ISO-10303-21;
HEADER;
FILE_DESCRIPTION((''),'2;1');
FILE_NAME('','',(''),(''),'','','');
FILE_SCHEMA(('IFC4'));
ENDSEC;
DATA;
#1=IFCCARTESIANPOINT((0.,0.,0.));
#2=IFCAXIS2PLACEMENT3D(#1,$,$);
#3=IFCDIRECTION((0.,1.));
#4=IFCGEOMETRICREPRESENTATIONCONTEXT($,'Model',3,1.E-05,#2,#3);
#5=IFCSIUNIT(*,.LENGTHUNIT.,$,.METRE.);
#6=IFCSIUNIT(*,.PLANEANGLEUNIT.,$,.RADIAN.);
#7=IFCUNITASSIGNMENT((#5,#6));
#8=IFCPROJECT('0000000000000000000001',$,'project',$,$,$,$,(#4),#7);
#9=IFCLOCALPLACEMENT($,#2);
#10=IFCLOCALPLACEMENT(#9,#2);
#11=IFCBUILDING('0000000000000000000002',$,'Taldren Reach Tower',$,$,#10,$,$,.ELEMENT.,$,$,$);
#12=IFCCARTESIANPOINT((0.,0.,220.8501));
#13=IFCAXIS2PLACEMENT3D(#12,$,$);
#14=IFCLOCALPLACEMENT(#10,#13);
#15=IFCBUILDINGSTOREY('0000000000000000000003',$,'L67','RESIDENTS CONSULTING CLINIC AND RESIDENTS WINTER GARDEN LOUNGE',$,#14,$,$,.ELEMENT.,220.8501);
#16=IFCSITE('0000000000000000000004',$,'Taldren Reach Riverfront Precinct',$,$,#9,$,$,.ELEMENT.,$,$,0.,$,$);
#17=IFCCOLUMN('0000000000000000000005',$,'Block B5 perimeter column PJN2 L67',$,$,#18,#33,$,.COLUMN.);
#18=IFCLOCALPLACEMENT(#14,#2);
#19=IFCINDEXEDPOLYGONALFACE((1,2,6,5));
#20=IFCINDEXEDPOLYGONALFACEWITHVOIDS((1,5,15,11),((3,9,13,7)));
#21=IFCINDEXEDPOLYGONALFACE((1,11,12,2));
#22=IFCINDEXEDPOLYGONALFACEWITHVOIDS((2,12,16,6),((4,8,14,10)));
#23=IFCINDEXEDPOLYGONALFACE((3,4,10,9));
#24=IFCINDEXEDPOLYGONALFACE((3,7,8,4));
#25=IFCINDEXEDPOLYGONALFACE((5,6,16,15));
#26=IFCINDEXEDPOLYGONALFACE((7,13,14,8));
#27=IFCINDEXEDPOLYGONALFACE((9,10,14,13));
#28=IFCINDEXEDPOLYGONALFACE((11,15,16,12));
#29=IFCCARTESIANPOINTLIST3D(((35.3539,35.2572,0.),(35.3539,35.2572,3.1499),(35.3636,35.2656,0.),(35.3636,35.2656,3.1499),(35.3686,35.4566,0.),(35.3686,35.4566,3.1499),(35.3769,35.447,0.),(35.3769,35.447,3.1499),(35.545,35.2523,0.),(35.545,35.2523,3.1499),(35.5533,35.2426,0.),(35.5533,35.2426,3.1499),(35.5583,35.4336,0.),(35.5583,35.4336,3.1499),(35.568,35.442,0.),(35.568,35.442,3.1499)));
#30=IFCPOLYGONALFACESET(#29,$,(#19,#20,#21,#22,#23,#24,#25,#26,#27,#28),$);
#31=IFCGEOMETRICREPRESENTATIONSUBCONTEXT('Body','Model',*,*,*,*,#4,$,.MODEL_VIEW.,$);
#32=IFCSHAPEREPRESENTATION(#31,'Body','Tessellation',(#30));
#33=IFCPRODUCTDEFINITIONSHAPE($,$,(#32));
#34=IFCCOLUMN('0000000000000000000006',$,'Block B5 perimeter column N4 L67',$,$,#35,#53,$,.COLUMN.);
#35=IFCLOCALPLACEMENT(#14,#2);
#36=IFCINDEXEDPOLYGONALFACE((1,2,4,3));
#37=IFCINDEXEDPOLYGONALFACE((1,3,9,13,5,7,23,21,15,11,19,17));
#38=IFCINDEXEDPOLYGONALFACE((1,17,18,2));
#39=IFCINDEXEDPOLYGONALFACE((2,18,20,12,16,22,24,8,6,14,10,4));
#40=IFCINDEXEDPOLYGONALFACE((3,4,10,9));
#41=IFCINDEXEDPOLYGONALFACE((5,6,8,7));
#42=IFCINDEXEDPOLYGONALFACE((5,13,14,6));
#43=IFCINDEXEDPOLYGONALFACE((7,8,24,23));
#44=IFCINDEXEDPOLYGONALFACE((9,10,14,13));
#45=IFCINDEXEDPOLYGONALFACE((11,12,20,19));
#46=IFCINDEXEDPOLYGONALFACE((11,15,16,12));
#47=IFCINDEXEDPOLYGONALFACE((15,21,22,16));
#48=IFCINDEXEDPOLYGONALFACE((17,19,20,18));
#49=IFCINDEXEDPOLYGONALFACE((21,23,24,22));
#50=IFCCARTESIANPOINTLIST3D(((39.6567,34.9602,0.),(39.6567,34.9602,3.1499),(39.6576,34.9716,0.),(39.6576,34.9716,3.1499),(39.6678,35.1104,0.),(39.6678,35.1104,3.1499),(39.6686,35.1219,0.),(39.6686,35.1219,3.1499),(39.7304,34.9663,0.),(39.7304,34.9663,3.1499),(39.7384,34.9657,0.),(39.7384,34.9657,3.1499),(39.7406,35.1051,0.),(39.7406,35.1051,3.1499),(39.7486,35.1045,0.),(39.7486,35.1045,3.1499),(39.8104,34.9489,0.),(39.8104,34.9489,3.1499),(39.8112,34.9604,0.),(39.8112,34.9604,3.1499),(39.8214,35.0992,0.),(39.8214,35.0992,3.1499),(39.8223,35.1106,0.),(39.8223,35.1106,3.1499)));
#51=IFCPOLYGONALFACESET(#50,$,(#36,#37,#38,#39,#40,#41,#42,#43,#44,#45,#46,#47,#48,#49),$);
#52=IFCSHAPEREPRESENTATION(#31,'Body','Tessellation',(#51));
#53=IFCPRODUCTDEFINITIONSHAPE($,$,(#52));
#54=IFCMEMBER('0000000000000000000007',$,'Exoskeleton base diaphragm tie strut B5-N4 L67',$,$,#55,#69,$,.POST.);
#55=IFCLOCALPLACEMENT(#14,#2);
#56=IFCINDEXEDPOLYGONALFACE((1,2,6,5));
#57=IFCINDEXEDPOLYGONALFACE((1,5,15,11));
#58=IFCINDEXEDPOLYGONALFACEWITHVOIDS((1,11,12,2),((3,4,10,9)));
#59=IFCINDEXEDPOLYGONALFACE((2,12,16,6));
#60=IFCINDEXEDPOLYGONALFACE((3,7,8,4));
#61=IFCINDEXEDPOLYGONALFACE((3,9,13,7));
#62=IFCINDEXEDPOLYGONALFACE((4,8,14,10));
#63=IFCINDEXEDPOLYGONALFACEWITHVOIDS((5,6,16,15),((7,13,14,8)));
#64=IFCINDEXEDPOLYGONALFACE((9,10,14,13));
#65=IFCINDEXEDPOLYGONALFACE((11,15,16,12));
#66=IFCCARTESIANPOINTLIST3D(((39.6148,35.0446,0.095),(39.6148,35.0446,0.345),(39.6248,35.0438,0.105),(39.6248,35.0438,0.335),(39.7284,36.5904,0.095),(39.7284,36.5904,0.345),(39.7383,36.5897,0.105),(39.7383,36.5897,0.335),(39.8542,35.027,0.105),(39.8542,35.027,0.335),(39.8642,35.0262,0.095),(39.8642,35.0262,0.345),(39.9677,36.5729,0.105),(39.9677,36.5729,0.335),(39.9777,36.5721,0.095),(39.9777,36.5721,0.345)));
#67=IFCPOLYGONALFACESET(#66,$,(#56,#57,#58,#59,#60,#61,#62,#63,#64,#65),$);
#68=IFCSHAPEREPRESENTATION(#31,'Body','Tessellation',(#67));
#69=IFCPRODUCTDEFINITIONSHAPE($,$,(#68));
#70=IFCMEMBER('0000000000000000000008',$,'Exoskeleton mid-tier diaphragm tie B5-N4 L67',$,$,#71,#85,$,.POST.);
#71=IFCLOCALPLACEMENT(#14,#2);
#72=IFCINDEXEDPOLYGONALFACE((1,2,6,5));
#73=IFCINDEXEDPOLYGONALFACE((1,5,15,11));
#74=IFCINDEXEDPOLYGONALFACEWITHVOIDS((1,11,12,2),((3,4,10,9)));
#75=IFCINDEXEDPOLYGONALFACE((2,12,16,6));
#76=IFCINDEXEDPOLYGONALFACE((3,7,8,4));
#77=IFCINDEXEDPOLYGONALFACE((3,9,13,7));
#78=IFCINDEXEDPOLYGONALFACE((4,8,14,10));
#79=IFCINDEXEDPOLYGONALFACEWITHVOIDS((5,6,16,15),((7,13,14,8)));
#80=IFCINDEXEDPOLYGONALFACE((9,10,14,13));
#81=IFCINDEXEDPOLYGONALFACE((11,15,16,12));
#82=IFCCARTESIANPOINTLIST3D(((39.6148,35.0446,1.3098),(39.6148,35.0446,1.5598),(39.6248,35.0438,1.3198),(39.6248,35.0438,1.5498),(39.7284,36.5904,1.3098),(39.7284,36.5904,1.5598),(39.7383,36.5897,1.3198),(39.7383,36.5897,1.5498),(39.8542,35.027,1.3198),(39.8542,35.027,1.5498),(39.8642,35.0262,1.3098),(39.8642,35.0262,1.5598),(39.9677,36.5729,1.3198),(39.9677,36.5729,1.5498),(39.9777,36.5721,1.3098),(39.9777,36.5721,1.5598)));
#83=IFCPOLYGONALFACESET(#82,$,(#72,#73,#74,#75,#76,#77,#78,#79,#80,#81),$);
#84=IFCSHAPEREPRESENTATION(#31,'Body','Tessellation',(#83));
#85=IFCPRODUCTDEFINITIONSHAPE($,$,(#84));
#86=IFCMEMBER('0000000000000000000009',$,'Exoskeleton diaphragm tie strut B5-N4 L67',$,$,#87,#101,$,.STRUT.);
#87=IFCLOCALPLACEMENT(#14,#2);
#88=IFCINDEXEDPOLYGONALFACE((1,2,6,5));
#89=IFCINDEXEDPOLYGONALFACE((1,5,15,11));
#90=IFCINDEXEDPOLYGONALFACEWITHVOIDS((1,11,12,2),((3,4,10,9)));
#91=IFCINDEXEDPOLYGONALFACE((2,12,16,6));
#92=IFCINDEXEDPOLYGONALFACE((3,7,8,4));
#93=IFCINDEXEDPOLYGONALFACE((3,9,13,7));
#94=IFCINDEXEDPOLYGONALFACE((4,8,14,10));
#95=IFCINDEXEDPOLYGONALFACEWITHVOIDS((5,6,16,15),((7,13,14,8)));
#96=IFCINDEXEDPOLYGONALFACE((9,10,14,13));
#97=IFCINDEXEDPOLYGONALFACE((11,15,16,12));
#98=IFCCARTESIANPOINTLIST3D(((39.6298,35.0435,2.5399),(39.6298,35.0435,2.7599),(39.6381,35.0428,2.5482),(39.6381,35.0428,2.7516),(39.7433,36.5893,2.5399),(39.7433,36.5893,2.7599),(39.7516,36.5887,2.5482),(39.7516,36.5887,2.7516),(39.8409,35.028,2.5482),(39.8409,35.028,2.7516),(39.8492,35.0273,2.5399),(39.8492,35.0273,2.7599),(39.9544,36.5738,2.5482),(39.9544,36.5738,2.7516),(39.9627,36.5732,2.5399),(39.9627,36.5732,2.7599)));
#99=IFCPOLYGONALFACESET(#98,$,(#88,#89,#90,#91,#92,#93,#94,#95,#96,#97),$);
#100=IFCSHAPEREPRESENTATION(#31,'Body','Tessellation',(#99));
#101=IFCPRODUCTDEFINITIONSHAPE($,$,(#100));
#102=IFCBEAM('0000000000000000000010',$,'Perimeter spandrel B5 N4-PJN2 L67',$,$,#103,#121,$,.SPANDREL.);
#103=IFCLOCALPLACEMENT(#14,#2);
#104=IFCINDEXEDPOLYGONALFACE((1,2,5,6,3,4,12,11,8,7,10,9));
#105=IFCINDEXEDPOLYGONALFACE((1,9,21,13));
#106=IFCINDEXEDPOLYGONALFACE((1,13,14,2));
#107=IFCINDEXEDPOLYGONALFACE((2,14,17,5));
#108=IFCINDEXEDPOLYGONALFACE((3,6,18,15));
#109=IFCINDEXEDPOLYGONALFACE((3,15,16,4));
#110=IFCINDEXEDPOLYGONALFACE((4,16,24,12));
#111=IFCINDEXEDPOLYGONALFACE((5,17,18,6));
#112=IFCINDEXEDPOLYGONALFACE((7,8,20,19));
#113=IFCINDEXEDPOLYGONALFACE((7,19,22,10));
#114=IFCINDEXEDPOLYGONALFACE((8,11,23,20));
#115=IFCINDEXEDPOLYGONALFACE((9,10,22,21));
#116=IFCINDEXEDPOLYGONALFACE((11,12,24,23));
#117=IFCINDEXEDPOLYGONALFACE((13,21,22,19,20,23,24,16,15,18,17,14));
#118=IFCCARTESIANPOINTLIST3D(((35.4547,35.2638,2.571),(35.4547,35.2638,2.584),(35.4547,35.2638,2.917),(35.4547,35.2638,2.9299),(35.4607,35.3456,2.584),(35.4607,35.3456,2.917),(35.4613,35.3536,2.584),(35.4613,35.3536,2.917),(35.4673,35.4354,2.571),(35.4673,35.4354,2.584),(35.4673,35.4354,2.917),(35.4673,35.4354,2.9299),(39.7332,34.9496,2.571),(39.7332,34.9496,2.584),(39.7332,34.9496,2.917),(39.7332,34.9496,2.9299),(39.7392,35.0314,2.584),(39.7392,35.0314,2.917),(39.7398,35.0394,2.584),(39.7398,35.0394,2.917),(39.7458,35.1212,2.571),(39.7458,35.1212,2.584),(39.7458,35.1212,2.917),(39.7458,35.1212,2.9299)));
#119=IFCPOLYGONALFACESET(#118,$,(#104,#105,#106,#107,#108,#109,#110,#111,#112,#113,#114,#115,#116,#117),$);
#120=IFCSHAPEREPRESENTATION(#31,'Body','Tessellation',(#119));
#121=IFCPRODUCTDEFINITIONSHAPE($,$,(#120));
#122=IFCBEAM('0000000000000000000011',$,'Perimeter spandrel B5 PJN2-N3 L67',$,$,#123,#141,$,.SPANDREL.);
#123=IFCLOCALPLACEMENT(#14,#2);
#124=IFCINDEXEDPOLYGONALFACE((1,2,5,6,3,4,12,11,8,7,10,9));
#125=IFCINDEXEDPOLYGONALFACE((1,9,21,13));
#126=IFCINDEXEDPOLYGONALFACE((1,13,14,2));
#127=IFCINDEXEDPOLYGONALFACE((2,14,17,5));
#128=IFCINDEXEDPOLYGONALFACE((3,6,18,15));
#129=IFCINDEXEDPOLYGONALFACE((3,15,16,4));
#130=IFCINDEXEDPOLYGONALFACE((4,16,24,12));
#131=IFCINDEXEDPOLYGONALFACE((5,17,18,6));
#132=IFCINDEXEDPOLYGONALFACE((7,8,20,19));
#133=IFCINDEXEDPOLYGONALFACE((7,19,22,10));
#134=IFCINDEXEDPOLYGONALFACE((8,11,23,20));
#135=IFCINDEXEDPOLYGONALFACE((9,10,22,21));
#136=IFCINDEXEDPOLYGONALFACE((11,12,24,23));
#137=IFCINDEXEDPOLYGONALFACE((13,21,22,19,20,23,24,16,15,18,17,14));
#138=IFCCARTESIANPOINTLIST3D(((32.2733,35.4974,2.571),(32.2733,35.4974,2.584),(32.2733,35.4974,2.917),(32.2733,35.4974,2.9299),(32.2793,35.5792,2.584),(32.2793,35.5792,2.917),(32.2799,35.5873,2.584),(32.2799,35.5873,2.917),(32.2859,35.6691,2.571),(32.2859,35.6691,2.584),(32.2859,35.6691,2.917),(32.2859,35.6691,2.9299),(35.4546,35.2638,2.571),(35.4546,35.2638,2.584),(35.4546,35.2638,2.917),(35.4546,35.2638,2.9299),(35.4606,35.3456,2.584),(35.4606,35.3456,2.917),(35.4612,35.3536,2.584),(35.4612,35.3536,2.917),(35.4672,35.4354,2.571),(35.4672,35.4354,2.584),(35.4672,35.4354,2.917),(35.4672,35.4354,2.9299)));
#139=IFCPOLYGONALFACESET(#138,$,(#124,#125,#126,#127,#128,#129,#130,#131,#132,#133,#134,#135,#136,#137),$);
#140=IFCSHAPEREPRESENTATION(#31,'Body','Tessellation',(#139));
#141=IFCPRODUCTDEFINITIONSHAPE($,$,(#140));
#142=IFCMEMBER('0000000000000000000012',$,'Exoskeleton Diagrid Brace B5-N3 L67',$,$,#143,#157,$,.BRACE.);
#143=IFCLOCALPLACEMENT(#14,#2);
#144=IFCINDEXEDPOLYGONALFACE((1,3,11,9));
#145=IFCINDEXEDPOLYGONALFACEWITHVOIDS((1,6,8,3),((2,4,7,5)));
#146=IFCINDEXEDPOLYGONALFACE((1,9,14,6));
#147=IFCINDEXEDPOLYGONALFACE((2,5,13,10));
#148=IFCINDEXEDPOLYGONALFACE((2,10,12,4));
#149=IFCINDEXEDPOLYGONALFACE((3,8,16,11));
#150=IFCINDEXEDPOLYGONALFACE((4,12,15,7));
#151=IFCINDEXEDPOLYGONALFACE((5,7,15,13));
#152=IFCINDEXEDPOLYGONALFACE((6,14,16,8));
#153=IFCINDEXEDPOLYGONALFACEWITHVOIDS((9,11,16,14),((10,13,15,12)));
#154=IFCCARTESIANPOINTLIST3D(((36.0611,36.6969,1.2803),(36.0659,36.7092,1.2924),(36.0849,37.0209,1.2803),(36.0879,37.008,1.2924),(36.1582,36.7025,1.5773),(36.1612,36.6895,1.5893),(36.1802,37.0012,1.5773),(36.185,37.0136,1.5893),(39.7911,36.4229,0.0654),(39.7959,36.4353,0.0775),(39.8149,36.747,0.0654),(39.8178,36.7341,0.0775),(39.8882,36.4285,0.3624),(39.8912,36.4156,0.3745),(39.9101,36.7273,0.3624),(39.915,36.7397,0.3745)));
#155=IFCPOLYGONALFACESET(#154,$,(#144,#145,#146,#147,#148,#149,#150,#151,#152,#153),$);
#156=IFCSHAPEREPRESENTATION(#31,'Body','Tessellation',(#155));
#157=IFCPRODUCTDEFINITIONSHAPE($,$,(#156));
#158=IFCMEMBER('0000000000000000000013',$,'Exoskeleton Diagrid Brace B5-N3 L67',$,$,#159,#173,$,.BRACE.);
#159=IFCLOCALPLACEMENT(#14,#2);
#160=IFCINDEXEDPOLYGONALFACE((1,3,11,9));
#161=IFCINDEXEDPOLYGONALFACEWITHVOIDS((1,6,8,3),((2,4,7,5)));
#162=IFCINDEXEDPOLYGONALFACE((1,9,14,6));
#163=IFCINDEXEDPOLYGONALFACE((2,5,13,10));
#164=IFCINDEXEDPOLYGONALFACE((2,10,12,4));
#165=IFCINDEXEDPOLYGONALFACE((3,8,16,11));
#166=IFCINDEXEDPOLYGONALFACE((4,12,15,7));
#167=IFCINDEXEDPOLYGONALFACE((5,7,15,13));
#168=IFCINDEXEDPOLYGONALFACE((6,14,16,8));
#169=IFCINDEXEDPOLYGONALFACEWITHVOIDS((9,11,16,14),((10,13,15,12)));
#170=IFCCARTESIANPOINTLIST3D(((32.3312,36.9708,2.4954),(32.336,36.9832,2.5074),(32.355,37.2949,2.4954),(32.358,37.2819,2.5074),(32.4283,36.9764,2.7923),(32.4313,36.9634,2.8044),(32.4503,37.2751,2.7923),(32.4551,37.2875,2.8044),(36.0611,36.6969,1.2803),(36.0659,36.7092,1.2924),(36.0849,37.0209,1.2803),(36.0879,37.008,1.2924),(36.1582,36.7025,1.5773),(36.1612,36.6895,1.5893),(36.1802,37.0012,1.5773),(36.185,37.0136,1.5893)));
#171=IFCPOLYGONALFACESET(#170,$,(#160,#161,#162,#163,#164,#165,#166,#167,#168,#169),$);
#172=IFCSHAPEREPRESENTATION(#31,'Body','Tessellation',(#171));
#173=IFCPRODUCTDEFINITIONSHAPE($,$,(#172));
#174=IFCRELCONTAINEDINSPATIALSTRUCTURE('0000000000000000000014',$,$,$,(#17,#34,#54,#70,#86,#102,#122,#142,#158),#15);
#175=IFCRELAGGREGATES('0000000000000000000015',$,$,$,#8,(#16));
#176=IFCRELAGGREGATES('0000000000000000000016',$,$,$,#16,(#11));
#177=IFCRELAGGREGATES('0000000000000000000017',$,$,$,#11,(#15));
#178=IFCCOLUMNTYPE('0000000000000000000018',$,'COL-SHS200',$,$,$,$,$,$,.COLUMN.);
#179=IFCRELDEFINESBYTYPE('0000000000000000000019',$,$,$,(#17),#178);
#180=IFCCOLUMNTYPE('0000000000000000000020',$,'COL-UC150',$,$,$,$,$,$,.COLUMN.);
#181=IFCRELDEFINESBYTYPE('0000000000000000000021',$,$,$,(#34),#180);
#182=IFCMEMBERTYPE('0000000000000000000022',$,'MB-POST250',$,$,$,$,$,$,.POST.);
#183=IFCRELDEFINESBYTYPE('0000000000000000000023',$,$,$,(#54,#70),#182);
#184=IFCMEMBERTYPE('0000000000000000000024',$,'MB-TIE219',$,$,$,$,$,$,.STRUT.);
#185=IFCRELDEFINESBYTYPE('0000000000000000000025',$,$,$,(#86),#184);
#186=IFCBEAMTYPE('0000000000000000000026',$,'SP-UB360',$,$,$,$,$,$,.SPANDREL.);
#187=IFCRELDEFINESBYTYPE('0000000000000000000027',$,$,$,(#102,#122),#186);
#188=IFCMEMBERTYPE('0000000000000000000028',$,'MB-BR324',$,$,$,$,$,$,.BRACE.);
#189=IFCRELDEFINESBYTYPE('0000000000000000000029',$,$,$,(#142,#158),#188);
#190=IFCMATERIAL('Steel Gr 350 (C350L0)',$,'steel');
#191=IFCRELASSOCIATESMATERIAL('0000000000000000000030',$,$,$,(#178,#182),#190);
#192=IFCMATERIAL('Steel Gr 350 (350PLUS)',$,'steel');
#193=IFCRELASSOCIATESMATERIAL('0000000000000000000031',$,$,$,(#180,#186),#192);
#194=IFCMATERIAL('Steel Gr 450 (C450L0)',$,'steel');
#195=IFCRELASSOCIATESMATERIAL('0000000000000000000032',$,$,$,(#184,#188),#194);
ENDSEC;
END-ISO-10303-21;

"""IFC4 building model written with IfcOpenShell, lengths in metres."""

from ifc_helpers import new_model, si_unit, direction, frame, origin, origin_2d, place, context, subcontext, project, spatial, hollow_rectangle, i_section, extrude, source, transform, mapped, material, material_profile, profile_set, type_object, element, save


model = new_model("IFC4")

# Units and contexts
model_context = context("Model", 3, precision=1e-05, world=origin(), true_north=direction((0.0, 1.0)))
body_context = subcontext(model_context, "Body", "Model", "MODEL_VIEW")
ifc_project = project(units=[si_unit("LENGTHUNIT", "METRE"), si_unit("PLANEANGLEUNIT", "RADIAN")], contexts=[model_context])

# Site, building, storey
site_placement = place(None, origin())
site = spatial("IfcSite", under=ifc_project, at=site_placement, Name="Taldren Reach Riverfront Precinct", CompositionType="ELEMENT", RefElevation=0.0)
building_placement = place(site_placement, origin())
building = spatial("IfcBuilding", under=site, at=building_placement, Name="Taldren Reach Tower", CompositionType="ELEMENT")
storey_placement = place(building_placement, frame((0.0, 0.0, 220.8501)))
storey = spatial("IfcBuildingStorey", under=building, at=storey_placement, Name="L67", Description="RESIDENTS CONSULTING CLINIC AND RESIDENTS WINTER GARDEN LOUNGE", CompositionType="ELEMENT", Elevation=220.8501)

# Columns
ifc_material_1 = material(Name="Steel Gr 350 (C350L0)", Category="steel")
ifc_material_profile_1 = material_profile(ifc_material_1, hollow_rectangle(XDim=0.2, YDim=0.2, WallThickness=0.009, at=origin_2d()), Name="200x200x9.0SHS")
ifc_profile_set_1 = profile_set([ifc_material_profile_1], Name="Steel Gr 350 (C350L0)")
column_type_1 = type_object("IfcColumnType", Name="COL-SHS200", PredefinedType="COLUMN", material=ifc_profile_set_1)
shared_shape_1 = source(origin(), body_context, "Body", "SweptSolid", [
    extrude(hollow_rectangle(XDim=0.2, YDim=0.2, WallThickness=0.009, at=origin_2d()), origin(), (0.0, 0.0, 1.0), 3.1499),
])
column_1_placement = place(storey_placement, frame((35.4609, 35.3496, 0.0), z_axis=(0.0, 0.0, 1.0), x_axis=(0.997314, -0.073238, 0.0)))
element("IfcColumn", 1, at=column_1_placement, inside=storey, type_object=column_type_1, Name="Block B5 perimeter column PJN2 L67", PredefinedType="COLUMN", context=body_context, shape_type="MappedRepresentation", body=[
    mapped(shared_shape_1, transform((0.0, 0.0, 0.0), scale=1.0)),
])
ifc_material_2 = material(Name="Steel Gr 350 (350PLUS)", Category="steel")
ifc_material_profile_2 = material_profile(ifc_material_2, i_section(OverallWidth=0.1541, OverallDepth=0.1621, WebThickness=0.0081, FlangeThickness=0.0115, at=origin_2d()), Name="150UC37.2")
ifc_profile_set_2 = profile_set([ifc_material_profile_2], Name="Steel Gr 350 (350PLUS)")
column_type_2 = type_object("IfcColumnType", Name="COL-UC150", PredefinedType="COLUMN", material=ifc_profile_set_2)
shared_shape_2 = source(origin(), body_context, "Body", "SweptSolid", [
    extrude(i_section(OverallWidth=0.1541, OverallDepth=0.1621, WebThickness=0.0081, FlangeThickness=0.0115, at=origin_2d()), origin(), (0.0, 0.0, 1.0), 3.1499),
])
column_2_placement = place(storey_placement, frame((39.7395, 35.0354, 0.0), z_axis=(0.0, 0.0, 1.0), x_axis=(0.997314, -0.073238, 0.0)))
element("IfcColumn", 2, at=column_2_placement, inside=storey, type_object=column_type_2, Name="Block B5 perimeter column N4 L67", PredefinedType="COLUMN", context=body_context, shape_type="MappedRepresentation", body=[
    mapped(shared_shape_2, transform((0.0, 0.0, 0.0), scale=1.0)),
])

# Members
ifc_material_profile_3 = material_profile(ifc_material_1, hollow_rectangle(XDim=0.25, YDim=0.25, WallThickness=0.01, at=origin_2d()), Name="250x250x10.0SHS")
ifc_profile_set_3 = profile_set([ifc_material_profile_3], Name="Steel Gr 350 (C350L0)")
member_type_1 = type_object("IfcMemberType", Name="MB-POST250", PredefinedType="POST", material=ifc_profile_set_3)
shared_shape_3 = source(origin(), body_context, "Body", "SweptSolid", [
    extrude(hollow_rectangle(XDim=0.25, YDim=0.25, WallThickness=0.01, at=origin_2d()), origin(), (0.0, 0.0, 1.0), 1.55),
])
for number, where, z_axis, x_axis, name in (
    (3, (39.7395, 35.0354, 0.22), (0.073239, 0.997314, 0.0), (-0.997314, 0.073239, 0.0), "Exoskeleton base diaphragm tie strut B5-N4 L67"),
    (4, (39.7395, 35.0354, 1.4348), (0.073239, 0.997314, 0.0), (-0.997314, 0.073239, 0.0), "Exoskeleton mid-tier diaphragm tie B5-N4 L67"),
):
    element("IfcMember", number, at=place(storey_placement, frame(where, z_axis=z_axis, x_axis=x_axis)), inside=storey, type_object=member_type_1, Name=name, PredefinedType="POST", context=body_context, shape_type="MappedRepresentation", body=[
        mapped(shared_shape_3, transform((0.0, 0.0, 0.0), scale=1.0)),
    ])
ifc_material_3 = material(Name="Steel Gr 450 (C450L0)", Category="steel")
ifc_material_profile_4 = material_profile(ifc_material_3, hollow_rectangle(XDim=0.22, YDim=0.22, WallThickness=0.0083, at=origin_2d()), Name="220x220x8.2SHS")
ifc_profile_set_4 = profile_set([ifc_material_profile_4], Name="Steel Gr 450 (C450L0)")
member_type_2 = type_object("IfcMemberType", Name="MB-TIE219", PredefinedType="STRUT", material=ifc_profile_set_4)
shared_shape_4 = source(origin(), body_context, "Body", "SweptSolid", [
    extrude(hollow_rectangle(XDim=0.22, YDim=0.22, WallThickness=0.0083, at=origin_2d()), origin(), (0.0, 0.0, 1.0), 1.55),
])
member_1_placement = place(storey_placement, frame((39.7395, 35.0354, 2.6499), z_axis=(0.073239, 0.997314, 0.0), x_axis=(-0.997314, 0.073239, 0.0)))
element("IfcMember", 5, at=member_1_placement, inside=storey, type_object=member_type_2, Name="Exoskeleton diaphragm tie strut B5-N4 L67", PredefinedType="STRUT", context=body_context, shape_type="MappedRepresentation", body=[
    mapped(shared_shape_4, transform((0.0, 0.0, 0.0), scale=1.0)),
])

# Beams
ifc_material_profile_5 = material_profile(ifc_material_2, i_section(OverallWidth=0.1721, OverallDepth=0.3589, WebThickness=0.0081, FlangeThickness=0.0129, at=origin_2d()), Name="360UB56.7")
ifc_profile_set_5 = profile_set([ifc_material_profile_5], Name="Steel Gr 350 (350PLUS)")
beam_type = type_object("IfcBeamType", Name="SP-UB360", PredefinedType="SPANDREL", material=ifc_profile_set_5)
shared_shape_5 = source(origin(), body_context, "Body", "SweptSolid", [
    extrude(i_section(OverallWidth=0.1721, OverallDepth=0.3589, WebThickness=0.0081, FlangeThickness=0.0129, at=origin_2d()), origin(), (0.0, 0.0, 1.0), 4.29),
])
beam_1_placement = place(storey_placement, frame((39.7395, 35.0354, 2.7505), z_axis=(-0.997314, 0.073241, 0.0), x_axis=(-0.073241, -0.997314, 0.0)))
element("IfcBeam", 6, at=beam_1_placement, inside=storey, type_object=beam_type, Name="Perimeter spandrel B5 N4-PJN2 L67", PredefinedType="SPANDREL", context=body_context, shape_type="MappedRepresentation", body=[
    mapped(shared_shape_5, transform((0.0, 0.0, 0.0), scale=1.0)),
])
shared_shape_6 = source(origin(), body_context, "Body", "SweptSolid", [
    extrude(i_section(OverallWidth=0.1721, OverallDepth=0.3589, WebThickness=0.0081, FlangeThickness=0.0129, at=origin_2d()), origin(), (0.0, 0.0, 1.0), 3.1899),
])
beam_2_placement = place(storey_placement, frame((35.4609, 35.3496, 2.7505), z_axis=(-0.997314, 0.073243, 0.0), x_axis=(-0.073243, -0.997314, 0.0)))
element("IfcBeam", 7, at=beam_2_placement, inside=storey, type_object=beam_type, Name="Perimeter spandrel B5 PJN2-N3 L67", PredefinedType="SPANDREL", context=body_context, shape_type="MappedRepresentation", body=[
    mapped(shared_shape_6, transform((0.0, 0.0, 0.0), scale=1.0)),
])

# Members
ifc_material_profile_6 = material_profile(ifc_material_3, hollow_rectangle(XDim=0.325, YDim=0.325, WallThickness=0.0127, at=origin_2d()), Name="325x325x12.7SHS")
ifc_profile_set_6 = profile_set([ifc_material_profile_6], Name="Steel Gr 450 (C450L0)")
member_type_3 = type_object("IfcMemberType", Name="MB-BR324", PredefinedType="BRACE", material=ifc_profile_set_6)
shared_shape_7 = source(origin(), body_context, "Body", "SweptSolid", [
    extrude(hollow_rectangle(XDim=0.325, YDim=0.325, WallThickness=0.0127, at=origin_2d()), origin(), (0.0, 0.0, 1.0), 3.9324),
])
for number, where, z_axis, x_axis, name in (
    (8, (39.853, 36.5813, 0.22), (-0.948529, 0.069659, 0.308933), (-0.073242, -0.997314, 0.0), "Exoskeleton Diagrid Brace B5-N3 L67"),
    (9, (36.123, 36.8552, 1.4348), (-0.948511, 0.069658, 0.308989), (-0.073242, -0.997314, 0.0), "Exoskeleton Diagrid Brace B5-N3 L67"),
):
    element("IfcMember", number, at=place(storey_placement, frame(where, z_axis=z_axis, x_axis=x_axis)), inside=storey, type_object=member_type_3, Name=name, PredefinedType="BRACE", context=body_context, shape_type="MappedRepresentation", body=[
        mapped(shared_shape_7, transform((0.0, 0.0, 0.0), scale=1.0)),
    ])

save(model, "model.ifc")
